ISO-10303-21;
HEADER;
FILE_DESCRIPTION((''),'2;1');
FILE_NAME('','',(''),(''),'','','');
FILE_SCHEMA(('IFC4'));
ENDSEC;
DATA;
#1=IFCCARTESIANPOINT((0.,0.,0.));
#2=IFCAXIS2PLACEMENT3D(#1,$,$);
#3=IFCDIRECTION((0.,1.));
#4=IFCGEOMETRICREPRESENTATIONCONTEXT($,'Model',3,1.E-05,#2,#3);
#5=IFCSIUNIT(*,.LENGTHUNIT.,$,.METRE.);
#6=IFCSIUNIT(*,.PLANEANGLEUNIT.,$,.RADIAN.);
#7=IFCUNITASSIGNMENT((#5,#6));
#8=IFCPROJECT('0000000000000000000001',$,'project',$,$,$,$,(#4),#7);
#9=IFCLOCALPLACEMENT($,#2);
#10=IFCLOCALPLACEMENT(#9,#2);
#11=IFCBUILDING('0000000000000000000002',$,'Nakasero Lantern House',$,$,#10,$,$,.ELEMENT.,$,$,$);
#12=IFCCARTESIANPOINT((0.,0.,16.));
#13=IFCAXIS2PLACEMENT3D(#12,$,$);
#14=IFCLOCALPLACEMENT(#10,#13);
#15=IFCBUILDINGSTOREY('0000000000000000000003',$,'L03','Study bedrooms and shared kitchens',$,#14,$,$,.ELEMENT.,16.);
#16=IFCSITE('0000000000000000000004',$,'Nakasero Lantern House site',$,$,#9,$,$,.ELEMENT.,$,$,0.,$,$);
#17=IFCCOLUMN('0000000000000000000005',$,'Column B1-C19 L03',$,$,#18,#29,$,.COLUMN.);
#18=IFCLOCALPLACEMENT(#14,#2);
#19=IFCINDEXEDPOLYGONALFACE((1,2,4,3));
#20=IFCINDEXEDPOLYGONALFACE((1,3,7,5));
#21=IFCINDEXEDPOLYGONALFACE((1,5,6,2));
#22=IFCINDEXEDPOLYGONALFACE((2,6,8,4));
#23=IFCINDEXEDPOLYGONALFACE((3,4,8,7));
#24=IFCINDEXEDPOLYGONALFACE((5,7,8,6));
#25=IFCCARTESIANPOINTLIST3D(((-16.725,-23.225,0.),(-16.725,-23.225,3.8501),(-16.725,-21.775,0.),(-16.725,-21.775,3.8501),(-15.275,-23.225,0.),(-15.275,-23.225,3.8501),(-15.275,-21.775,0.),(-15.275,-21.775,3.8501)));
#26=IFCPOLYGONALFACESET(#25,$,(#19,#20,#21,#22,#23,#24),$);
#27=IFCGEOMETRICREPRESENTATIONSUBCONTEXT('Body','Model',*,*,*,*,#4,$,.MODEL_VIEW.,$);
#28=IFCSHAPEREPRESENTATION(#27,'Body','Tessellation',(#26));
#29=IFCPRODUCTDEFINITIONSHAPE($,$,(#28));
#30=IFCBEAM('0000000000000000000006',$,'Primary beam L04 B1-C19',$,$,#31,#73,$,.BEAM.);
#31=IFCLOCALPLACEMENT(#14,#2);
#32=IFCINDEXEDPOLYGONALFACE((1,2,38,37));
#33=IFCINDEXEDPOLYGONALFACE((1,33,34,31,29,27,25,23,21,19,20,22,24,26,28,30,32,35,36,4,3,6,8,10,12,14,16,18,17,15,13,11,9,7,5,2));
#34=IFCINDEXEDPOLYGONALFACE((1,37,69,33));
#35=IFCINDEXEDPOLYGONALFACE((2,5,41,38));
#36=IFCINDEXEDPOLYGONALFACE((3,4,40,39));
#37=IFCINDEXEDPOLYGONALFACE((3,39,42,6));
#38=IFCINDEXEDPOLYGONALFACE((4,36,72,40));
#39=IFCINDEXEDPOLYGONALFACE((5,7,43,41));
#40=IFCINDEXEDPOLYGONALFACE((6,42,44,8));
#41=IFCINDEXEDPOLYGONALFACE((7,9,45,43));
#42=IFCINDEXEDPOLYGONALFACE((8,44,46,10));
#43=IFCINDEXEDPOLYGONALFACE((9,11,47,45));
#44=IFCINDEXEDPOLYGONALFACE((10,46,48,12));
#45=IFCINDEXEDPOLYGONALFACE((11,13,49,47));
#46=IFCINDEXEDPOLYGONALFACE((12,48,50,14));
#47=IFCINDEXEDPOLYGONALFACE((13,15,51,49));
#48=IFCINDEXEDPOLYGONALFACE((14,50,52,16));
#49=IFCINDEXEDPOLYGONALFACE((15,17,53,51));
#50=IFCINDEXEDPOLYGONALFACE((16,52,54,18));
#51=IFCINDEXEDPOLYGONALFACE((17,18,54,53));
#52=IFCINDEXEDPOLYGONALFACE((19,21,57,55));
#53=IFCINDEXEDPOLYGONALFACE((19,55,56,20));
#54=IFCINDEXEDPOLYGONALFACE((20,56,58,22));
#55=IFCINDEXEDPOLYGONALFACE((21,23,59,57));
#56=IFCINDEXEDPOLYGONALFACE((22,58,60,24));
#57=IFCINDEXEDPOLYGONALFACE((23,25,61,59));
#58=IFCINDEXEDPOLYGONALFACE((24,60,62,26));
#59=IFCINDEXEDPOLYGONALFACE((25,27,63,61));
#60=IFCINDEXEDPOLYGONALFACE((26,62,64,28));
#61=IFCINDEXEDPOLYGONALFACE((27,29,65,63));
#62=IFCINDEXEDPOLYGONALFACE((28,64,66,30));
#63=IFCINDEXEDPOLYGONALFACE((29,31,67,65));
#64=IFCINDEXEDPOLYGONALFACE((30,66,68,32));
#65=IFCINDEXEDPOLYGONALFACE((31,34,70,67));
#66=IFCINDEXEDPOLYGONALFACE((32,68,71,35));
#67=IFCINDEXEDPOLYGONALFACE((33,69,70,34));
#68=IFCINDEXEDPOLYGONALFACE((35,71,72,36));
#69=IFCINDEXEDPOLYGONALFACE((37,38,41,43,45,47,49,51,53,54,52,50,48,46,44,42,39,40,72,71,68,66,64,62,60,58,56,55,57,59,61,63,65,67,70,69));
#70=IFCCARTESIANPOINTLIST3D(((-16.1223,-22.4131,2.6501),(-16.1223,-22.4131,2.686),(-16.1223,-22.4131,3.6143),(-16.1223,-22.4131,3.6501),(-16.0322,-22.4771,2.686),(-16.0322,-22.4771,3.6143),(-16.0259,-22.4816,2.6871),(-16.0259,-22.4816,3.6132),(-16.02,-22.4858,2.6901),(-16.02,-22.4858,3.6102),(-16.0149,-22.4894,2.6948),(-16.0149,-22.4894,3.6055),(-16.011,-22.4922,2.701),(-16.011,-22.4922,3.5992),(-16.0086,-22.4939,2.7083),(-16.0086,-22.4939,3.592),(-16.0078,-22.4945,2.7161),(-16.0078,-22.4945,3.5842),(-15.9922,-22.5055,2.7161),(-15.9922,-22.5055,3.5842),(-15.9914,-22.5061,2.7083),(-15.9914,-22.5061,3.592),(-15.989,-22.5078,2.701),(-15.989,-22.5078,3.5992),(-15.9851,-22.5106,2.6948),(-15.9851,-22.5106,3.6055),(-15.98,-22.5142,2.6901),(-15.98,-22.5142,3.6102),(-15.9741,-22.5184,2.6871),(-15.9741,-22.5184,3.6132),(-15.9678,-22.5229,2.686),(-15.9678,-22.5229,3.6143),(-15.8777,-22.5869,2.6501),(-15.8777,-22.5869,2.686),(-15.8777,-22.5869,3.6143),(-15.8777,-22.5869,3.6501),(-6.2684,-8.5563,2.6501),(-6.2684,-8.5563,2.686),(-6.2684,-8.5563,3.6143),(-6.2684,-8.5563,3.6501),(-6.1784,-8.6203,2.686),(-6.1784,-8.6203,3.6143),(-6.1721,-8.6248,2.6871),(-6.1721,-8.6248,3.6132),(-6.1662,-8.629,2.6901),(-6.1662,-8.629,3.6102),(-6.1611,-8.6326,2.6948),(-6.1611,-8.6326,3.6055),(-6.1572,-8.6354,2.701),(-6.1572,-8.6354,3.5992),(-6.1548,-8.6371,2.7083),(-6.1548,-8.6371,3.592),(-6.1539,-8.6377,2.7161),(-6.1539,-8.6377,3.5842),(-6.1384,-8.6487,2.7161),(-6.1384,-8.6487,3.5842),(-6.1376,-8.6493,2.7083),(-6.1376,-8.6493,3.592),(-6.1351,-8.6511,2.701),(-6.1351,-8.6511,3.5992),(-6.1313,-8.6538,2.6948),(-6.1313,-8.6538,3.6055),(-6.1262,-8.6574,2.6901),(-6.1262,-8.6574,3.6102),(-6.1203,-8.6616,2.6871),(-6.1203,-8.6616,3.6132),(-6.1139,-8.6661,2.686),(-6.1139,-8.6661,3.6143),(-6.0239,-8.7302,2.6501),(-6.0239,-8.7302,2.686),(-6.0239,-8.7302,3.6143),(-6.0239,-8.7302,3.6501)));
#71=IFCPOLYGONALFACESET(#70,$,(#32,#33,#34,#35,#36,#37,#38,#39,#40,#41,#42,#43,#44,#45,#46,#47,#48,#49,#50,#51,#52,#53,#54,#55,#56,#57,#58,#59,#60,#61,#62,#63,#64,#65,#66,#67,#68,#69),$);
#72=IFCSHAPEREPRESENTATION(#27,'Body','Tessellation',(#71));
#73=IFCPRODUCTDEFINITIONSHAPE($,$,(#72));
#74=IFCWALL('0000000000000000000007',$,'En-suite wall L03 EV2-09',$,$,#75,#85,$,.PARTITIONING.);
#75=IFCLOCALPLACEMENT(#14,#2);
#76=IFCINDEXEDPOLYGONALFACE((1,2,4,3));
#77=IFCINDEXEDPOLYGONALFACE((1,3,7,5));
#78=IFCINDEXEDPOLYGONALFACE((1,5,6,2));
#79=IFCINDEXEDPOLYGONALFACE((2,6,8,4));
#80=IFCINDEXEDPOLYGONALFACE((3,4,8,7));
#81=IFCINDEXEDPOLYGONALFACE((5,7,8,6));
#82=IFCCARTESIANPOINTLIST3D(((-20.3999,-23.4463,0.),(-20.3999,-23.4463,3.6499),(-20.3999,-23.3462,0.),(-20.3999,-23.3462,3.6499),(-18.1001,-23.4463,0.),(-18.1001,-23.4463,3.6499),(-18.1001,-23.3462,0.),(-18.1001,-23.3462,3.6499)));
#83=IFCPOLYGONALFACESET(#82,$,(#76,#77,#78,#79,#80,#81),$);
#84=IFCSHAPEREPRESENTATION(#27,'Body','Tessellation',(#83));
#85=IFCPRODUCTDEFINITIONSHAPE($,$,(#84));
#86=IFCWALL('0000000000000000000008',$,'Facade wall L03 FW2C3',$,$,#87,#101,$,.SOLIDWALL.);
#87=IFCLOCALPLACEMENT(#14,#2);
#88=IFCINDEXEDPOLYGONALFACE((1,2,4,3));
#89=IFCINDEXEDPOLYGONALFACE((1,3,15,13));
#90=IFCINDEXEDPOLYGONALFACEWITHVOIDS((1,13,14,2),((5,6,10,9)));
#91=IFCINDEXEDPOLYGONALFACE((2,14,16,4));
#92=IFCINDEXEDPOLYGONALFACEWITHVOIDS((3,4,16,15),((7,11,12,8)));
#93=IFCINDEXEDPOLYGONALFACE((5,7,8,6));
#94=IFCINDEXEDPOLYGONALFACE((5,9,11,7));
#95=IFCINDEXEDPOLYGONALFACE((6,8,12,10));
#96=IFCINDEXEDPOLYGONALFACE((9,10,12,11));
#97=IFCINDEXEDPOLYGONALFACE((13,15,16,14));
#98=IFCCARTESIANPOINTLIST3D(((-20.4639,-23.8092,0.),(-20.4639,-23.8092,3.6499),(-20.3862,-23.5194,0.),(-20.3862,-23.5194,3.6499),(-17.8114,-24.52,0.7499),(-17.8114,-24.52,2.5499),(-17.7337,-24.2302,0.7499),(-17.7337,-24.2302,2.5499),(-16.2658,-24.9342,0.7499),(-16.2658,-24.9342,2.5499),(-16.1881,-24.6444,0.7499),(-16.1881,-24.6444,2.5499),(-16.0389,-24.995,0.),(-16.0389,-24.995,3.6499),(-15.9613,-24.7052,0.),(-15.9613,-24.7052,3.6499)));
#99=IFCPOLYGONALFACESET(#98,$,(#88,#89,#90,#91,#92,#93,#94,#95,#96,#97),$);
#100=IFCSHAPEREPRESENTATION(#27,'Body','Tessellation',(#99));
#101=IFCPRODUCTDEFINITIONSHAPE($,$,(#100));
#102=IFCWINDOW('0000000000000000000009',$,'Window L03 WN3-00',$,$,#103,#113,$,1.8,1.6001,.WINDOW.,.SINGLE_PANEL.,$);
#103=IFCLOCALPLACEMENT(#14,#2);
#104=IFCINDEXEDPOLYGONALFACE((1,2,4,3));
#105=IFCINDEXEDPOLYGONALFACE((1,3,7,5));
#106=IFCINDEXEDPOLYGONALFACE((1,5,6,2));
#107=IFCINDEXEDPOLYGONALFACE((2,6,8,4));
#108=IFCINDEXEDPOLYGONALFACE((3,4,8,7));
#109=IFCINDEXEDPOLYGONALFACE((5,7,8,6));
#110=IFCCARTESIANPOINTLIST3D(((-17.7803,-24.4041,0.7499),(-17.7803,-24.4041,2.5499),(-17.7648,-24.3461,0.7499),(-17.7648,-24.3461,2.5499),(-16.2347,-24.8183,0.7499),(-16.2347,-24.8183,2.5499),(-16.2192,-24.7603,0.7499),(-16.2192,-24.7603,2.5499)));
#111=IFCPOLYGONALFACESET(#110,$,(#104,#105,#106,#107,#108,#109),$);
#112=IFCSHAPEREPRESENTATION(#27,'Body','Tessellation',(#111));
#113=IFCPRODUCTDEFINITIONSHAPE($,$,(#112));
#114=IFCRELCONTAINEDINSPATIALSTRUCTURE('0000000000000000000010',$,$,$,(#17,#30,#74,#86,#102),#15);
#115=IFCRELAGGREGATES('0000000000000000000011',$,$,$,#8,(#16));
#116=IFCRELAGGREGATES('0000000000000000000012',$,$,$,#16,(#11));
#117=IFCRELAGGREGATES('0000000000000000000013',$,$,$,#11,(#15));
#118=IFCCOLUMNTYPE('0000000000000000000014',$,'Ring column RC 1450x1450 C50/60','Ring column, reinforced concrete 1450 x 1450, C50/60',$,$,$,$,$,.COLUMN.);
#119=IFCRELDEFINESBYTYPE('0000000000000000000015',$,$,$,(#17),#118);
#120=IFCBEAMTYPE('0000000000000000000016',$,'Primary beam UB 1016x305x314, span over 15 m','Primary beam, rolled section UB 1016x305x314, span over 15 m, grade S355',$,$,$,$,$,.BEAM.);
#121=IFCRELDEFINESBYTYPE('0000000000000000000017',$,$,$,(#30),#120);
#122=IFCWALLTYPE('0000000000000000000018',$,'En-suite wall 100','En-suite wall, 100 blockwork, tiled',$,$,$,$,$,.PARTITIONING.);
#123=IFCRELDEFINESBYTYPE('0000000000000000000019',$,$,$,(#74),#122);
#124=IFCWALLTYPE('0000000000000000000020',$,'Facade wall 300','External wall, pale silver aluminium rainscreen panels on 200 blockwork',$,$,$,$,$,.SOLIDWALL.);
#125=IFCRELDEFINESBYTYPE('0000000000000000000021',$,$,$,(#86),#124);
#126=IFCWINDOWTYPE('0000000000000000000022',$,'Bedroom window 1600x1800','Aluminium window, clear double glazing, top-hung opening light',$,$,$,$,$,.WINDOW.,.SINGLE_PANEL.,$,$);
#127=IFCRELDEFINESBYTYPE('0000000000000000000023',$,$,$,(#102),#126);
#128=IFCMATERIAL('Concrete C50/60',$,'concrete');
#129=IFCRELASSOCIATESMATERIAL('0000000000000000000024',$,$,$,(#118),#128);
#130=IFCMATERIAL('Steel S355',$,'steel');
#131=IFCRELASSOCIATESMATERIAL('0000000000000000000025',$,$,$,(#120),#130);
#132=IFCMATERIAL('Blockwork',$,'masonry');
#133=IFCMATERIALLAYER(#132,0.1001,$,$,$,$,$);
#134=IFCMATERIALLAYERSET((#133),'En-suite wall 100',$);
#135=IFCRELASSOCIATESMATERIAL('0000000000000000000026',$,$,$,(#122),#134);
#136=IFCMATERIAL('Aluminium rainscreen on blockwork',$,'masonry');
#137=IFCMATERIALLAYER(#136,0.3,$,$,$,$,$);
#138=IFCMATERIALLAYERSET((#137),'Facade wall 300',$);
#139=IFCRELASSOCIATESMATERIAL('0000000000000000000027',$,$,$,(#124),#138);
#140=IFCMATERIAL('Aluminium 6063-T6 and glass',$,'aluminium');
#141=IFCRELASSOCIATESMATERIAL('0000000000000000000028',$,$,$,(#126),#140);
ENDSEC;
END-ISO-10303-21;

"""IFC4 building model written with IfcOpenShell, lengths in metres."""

from ifc_helpers import new_model, si_unit, direction, frame, frame_2d, origin, origin_2d, place, context, subcontext, project, spatial, rectangle, i_section, extrude, material, layer, layer_set, material_profile, profile_set, type_object, element, fill, save


model = new_model("IFC4")

# Units and contexts
model_context = context("Model", 3, precision=1e-05, world=origin(), true_north=direction((0.0, 1.0)))
body_context = subcontext(model_context, "Body", "Model", "MODEL_VIEW")
ifc_project = project(units=[si_unit("LENGTHUNIT", "METRE"), si_unit("PLANEANGLEUNIT", "RADIAN")], contexts=[model_context])

# Site, building, storey
site_placement = place(None, origin())
site = spatial("IfcSite", under=ifc_project, at=site_placement, Name="Nakasero Lantern House site", CompositionType="ELEMENT", RefElevation=0.0)
building_placement = place(site_placement, origin())
building = spatial("IfcBuilding", under=site, at=building_placement, Name="Nakasero Lantern House", CompositionType="ELEMENT")
storey_placement = place(building_placement, frame((0.0, 0.0, 16.0)))
storey = spatial("IfcBuildingStorey", under=building, at=storey_placement, Name="L03", Description="Study bedrooms and shared kitchens", CompositionType="ELEMENT", Elevation=16.0)

# Column
ifc_material_1 = material(Name="Concrete C50/60", Category="concrete")
ifc_material_profile_1 = material_profile(ifc_material_1, rectangle(XDim=1.45, YDim=1.45, at=origin_2d()), Name="RC 1450x1450")
ifc_profile_set_1 = profile_set([ifc_material_profile_1], Name="Concrete C50/60")
column_type = type_object("IfcColumnType", Name="Ring column RC 1450x1450 C50/60", Description="Ring column, reinforced concrete 1450 x 1450, C50/60", PredefinedType="COLUMN", material=ifc_profile_set_1)
column_placement = place(storey_placement, frame((-16.0, -22.5, 0.0), z_axis=(0.0, 0.0, 1.0), x_axis=(1.0, 0.0, 0.0)))
element("IfcColumn", 1, at=column_placement, inside=storey, type_object=column_type, Name="Column B1-C19 L03", PredefinedType="COLUMN", context=body_context, shape_type="SweptSolid", body=[
    extrude(rectangle(XDim=1.45, YDim=1.45, at=origin_2d()), origin(), (0.0, 0.0, 1.0), 3.8501),
])

# Beam
ifc_material_2 = material(Name="Steel S355", Category="steel")
ifc_material_profile_2 = material_profile(ifc_material_2, i_section(OverallWidth=0.3, OverallDepth=1.0, WebThickness=0.019, FlangeThickness=0.0359, FilletRadius=0.03, at=origin_2d()), Name="UB 1016x305x314")
ifc_profile_set_2 = profile_set([ifc_material_profile_2], Name="Steel S355")
beam_type = type_object("IfcBeamType", Name="Primary beam UB 1016x305x314, span over 15 m", Description="Primary beam, rolled section UB 1016x305x314, span over 15 m, grade S355", PredefinedType="BEAM", material=ifc_profile_set_2)
beam_placement = place(storey_placement, frame((-16.0, -22.5, 3.1501), z_axis=(0.579528, 0.814952, 0.0), x_axis=(-0.814952, 0.579528, 0.0)))
element("IfcBeam", 2, at=beam_placement, inside=storey, type_object=beam_type, Name="Primary beam L04 B1-C19", PredefinedType="BEAM", context=body_context, shape_type="SweptSolid", body=[
    extrude(i_section(OverallWidth=0.3, OverallDepth=1.0, WebThickness=0.019, FlangeThickness=0.0359, FilletRadius=0.03, at=origin_2d()), origin(), (0.0, 0.0, 1.0), 17.0032),
])

# Wall
ifc_material_3 = material(Name="Blockwork", Category="masonry")
ifc_layer_1 = layer(ifc_material_3, 0.1001)
ifc_layer_set_1 = layer_set([ifc_layer_1], Name="En-suite wall 100")
wall_type_1 = type_object("IfcWallType", Name="En-suite wall 100", Description="En-suite wall, 100 blockwork, tiled", PredefinedType="PARTITIONING", material=ifc_layer_set_1)
wall_1_placement = place(storey_placement, frame((-18.1001, -23.3962, 0.0), z_axis=(0.0, 0.0, 1.0), x_axis=(-1.0, 0.0, 0.0)))
element("IfcWall", 3, at=wall_1_placement, inside=storey, type_object=wall_type_1, Name="En-suite wall L03 EV2-09", PredefinedType="PARTITIONING", context=body_context, shape_type="SweptSolid", body=[
    extrude(rectangle(XDim=2.2998, YDim=0.1001, at=frame_2d((1.1499, 0.0))), origin(), (0.0, 0.0, 1.0), 3.6499),
])

# Wall, opening, window
ifc_material_4 = material(Name="Aluminium rainscreen on blockwork", Category="masonry")
ifc_layer_2 = layer(ifc_material_4, 0.3)
ifc_layer_set_2 = layer_set([ifc_layer_2], Name="Facade wall 300")
wall_type_2 = type_object("IfcWallType", Name="Facade wall 300", Description="External wall, pale silver aluminium rainscreen panels on 200 blockwork", PredefinedType="SOLIDWALL", material=ifc_layer_set_2)
wall_2_placement = place(storey_placement, frame((-20.425, -23.6643, 0.0), z_axis=(0.0, 0.0, 1.0), x_axis=(0.96592, -0.25884, 0.0)))
wall_2 = element("IfcWall", 4, at=wall_2_placement, inside=storey, type_object=wall_type_2, Name="Facade wall L03 FW2C3", PredefinedType="SOLIDWALL", context=body_context, shape_type="SweptSolid", body=[
    extrude(rectangle(XDim=4.5811, YDim=0.3, at=frame_2d((2.2905, 0.0))), origin(), (0.0, 0.0, 1.0), 3.6499),
])
opening_1_placement = place(wall_2_placement, frame((2.7461, 0.0, 0.75)))
opening_1 = element("IfcOpeningElement", 5, at=opening_1_placement, cuts=wall_2, PredefinedType="OPENING", context=body_context, shape_type="SweptSolid", body=[
    extrude(rectangle(XDim=1.6001, YDim=1.8, at=frame_2d((0.8, 0.8999))), frame((0.0, 0.1699, 0.0), z_axis=(0.0, -1.0, 0.0), x_axis=(1.0, 0.0, 0.0)), (0.0, 0.0, 1.0), 0.3401),
])
ifc_material_5 = material(Name="Aluminium 6063-T6 and glass", Category="aluminium")
window_type_1 = type_object("IfcWindowType", Name="Bedroom window 1600x1800", Description="Aluminium window, clear double glazing, top-hung opening light", PartitioningType="SINGLE_PANEL", PredefinedType="WINDOW", material=ifc_material_5)
window_1_placement = place(opening_1_placement, origin())
window_1 = element("IfcWindow", 6, at=window_1_placement, inside=storey, type_object=window_type_1, Name="Window L03 WN3-00", OverallHeight=1.8, OverallWidth=1.6001, PartitioningType="SINGLE_PANEL", PredefinedType="WINDOW", context=body_context, shape_type="SweptSolid", body=[
    extrude(rectangle(XDim=1.6001, YDim=1.8, at=frame_2d((0.8, 0.8999))), frame((0.0, 0.03, 0.0), z_axis=(0.0, -1.0, 0.0), x_axis=(1.0, 0.0, 0.0)), (0.0, 0.0, 1.0), 0.0601),
])
fill(opening_1, window_1)

save(model, "model.ifc")
